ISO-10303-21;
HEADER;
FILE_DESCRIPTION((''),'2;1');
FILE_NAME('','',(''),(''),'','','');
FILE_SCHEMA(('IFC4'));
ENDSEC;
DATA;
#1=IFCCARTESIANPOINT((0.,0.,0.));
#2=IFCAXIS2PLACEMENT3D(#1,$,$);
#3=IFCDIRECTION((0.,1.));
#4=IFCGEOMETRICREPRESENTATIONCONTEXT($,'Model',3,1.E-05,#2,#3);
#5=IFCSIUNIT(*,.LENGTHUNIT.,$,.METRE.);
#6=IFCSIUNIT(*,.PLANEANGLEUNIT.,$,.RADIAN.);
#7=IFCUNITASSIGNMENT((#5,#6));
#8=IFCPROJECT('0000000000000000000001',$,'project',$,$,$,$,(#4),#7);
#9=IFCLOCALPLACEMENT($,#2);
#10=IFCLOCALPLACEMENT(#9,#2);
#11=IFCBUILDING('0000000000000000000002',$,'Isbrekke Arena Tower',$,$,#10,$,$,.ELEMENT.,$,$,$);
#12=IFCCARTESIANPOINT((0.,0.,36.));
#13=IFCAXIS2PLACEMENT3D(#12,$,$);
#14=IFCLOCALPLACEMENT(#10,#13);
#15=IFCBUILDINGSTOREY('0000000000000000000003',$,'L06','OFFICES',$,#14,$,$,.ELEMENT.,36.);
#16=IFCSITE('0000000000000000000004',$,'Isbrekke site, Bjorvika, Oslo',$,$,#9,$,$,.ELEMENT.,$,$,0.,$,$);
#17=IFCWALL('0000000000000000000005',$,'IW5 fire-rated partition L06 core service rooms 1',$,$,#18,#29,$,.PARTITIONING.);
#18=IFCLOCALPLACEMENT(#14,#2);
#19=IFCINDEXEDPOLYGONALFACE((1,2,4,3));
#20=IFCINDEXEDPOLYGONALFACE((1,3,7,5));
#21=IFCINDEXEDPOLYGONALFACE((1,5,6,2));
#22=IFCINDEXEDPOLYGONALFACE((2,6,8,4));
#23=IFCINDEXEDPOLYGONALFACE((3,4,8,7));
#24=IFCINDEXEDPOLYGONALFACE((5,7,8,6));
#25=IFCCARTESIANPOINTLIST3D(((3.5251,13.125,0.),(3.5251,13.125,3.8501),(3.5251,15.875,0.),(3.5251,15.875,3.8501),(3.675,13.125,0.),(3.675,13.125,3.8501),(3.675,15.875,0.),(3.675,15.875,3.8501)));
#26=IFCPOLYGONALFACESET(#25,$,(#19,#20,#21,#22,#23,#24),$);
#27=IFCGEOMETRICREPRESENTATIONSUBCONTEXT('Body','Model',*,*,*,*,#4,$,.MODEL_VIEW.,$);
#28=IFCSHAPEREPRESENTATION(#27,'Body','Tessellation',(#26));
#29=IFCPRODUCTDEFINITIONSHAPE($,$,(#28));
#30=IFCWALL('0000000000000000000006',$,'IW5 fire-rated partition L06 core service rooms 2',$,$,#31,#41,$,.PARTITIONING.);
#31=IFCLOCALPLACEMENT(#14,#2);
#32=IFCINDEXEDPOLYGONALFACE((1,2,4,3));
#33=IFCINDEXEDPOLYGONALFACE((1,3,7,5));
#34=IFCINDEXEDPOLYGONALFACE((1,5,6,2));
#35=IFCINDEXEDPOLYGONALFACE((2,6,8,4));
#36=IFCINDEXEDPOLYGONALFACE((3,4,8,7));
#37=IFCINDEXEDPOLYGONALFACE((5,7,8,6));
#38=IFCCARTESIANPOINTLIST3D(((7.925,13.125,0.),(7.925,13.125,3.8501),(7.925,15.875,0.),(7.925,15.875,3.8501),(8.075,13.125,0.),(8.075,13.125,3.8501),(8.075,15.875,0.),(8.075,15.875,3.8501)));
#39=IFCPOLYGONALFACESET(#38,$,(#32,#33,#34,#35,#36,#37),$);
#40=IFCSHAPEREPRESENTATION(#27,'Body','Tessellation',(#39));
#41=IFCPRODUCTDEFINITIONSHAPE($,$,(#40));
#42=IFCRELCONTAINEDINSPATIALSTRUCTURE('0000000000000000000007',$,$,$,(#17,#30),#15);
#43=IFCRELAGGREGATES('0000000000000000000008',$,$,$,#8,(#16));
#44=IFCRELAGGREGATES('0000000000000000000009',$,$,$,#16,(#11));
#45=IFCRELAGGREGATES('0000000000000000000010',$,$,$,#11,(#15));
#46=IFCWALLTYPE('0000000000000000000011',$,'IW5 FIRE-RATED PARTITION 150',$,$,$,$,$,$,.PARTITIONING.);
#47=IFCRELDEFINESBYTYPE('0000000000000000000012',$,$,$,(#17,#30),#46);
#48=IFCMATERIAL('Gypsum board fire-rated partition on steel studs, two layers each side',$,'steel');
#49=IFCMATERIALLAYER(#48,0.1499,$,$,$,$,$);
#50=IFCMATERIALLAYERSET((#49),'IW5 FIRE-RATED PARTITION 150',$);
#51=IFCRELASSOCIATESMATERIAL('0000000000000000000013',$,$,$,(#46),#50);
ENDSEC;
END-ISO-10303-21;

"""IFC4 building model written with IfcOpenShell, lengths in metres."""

from ifc_helpers import new_model, si_unit, direction, frame, frame_2d, origin, place, context, subcontext, project, spatial, rectangle, extrude, material, layer, layer_set, type_object, element, save


model = new_model("IFC4")

# Units and contexts
model_context = context("Model", 3, precision=1e-05, world=origin(), true_north=direction((0.0, 1.0)))
body_context = subcontext(model_context, "Body", "Model", "MODEL_VIEW")
ifc_project = project(units=[si_unit("LENGTHUNIT", "METRE"), si_unit("PLANEANGLEUNIT", "RADIAN")], contexts=[model_context])

# Site, building, storey
site_placement = place(None, origin())
site = spatial("IfcSite", under=ifc_project, at=site_placement, Name="Isbrekke site, Bjorvika, Oslo", CompositionType="ELEMENT", RefElevation=0.0)
building_placement = place(site_placement, origin())
building = spatial("IfcBuilding", under=site, at=building_placement, Name="Isbrekke Arena Tower", CompositionType="ELEMENT")
storey_placement = place(building_placement, frame((0.0, 0.0, 36.0)))
storey = spatial("IfcBuildingStorey", under=building, at=storey_placement, Name="L06", Description="OFFICES", CompositionType="ELEMENT", Elevation=36.0)

# Walls
ifc_material_1 = material(Name="Gypsum board fire-rated partition on steel studs, two layers each side", Category="steel")
ifc_layer_1 = layer(ifc_material_1, 0.1499)
ifc_layer_set_1 = layer_set([ifc_layer_1], Name="IW5 FIRE-RATED PARTITION 150")
wall_type_1 = type_object("IfcWallType", Name="IW5 FIRE-RATED PARTITION 150", PredefinedType="PARTITIONING", material=ifc_layer_set_1)
for number, where, z_axis, x_axis, name in (
    (1, (3.6001, 13.125, 0.0), (0.0, 0.0, 1.0), (0.0, 1.0, 0.0), "IW5 fire-rated partition L06 core service rooms 1"),
    (2, (8.0, 13.125, 0.0), (0.0, 0.0, 1.0), (0.0, 1.0, 0.0), "IW5 fire-rated partition L06 core service rooms 2"),
):
    element("IfcWall", number, at=place(storey_placement, frame(where, z_axis=z_axis, x_axis=x_axis)), inside=storey, type_object=wall_type_1, Name=name, PredefinedType="PARTITIONING", context=body_context, shape_type="SweptSolid", body=[
        extrude(rectangle(XDim=2.75, YDim=0.1499, at=frame_2d((1.375, 0.0))), origin(), (0.0, 0.0, 1.0), 3.8501),
    ])

save(model, "model.ifc")
